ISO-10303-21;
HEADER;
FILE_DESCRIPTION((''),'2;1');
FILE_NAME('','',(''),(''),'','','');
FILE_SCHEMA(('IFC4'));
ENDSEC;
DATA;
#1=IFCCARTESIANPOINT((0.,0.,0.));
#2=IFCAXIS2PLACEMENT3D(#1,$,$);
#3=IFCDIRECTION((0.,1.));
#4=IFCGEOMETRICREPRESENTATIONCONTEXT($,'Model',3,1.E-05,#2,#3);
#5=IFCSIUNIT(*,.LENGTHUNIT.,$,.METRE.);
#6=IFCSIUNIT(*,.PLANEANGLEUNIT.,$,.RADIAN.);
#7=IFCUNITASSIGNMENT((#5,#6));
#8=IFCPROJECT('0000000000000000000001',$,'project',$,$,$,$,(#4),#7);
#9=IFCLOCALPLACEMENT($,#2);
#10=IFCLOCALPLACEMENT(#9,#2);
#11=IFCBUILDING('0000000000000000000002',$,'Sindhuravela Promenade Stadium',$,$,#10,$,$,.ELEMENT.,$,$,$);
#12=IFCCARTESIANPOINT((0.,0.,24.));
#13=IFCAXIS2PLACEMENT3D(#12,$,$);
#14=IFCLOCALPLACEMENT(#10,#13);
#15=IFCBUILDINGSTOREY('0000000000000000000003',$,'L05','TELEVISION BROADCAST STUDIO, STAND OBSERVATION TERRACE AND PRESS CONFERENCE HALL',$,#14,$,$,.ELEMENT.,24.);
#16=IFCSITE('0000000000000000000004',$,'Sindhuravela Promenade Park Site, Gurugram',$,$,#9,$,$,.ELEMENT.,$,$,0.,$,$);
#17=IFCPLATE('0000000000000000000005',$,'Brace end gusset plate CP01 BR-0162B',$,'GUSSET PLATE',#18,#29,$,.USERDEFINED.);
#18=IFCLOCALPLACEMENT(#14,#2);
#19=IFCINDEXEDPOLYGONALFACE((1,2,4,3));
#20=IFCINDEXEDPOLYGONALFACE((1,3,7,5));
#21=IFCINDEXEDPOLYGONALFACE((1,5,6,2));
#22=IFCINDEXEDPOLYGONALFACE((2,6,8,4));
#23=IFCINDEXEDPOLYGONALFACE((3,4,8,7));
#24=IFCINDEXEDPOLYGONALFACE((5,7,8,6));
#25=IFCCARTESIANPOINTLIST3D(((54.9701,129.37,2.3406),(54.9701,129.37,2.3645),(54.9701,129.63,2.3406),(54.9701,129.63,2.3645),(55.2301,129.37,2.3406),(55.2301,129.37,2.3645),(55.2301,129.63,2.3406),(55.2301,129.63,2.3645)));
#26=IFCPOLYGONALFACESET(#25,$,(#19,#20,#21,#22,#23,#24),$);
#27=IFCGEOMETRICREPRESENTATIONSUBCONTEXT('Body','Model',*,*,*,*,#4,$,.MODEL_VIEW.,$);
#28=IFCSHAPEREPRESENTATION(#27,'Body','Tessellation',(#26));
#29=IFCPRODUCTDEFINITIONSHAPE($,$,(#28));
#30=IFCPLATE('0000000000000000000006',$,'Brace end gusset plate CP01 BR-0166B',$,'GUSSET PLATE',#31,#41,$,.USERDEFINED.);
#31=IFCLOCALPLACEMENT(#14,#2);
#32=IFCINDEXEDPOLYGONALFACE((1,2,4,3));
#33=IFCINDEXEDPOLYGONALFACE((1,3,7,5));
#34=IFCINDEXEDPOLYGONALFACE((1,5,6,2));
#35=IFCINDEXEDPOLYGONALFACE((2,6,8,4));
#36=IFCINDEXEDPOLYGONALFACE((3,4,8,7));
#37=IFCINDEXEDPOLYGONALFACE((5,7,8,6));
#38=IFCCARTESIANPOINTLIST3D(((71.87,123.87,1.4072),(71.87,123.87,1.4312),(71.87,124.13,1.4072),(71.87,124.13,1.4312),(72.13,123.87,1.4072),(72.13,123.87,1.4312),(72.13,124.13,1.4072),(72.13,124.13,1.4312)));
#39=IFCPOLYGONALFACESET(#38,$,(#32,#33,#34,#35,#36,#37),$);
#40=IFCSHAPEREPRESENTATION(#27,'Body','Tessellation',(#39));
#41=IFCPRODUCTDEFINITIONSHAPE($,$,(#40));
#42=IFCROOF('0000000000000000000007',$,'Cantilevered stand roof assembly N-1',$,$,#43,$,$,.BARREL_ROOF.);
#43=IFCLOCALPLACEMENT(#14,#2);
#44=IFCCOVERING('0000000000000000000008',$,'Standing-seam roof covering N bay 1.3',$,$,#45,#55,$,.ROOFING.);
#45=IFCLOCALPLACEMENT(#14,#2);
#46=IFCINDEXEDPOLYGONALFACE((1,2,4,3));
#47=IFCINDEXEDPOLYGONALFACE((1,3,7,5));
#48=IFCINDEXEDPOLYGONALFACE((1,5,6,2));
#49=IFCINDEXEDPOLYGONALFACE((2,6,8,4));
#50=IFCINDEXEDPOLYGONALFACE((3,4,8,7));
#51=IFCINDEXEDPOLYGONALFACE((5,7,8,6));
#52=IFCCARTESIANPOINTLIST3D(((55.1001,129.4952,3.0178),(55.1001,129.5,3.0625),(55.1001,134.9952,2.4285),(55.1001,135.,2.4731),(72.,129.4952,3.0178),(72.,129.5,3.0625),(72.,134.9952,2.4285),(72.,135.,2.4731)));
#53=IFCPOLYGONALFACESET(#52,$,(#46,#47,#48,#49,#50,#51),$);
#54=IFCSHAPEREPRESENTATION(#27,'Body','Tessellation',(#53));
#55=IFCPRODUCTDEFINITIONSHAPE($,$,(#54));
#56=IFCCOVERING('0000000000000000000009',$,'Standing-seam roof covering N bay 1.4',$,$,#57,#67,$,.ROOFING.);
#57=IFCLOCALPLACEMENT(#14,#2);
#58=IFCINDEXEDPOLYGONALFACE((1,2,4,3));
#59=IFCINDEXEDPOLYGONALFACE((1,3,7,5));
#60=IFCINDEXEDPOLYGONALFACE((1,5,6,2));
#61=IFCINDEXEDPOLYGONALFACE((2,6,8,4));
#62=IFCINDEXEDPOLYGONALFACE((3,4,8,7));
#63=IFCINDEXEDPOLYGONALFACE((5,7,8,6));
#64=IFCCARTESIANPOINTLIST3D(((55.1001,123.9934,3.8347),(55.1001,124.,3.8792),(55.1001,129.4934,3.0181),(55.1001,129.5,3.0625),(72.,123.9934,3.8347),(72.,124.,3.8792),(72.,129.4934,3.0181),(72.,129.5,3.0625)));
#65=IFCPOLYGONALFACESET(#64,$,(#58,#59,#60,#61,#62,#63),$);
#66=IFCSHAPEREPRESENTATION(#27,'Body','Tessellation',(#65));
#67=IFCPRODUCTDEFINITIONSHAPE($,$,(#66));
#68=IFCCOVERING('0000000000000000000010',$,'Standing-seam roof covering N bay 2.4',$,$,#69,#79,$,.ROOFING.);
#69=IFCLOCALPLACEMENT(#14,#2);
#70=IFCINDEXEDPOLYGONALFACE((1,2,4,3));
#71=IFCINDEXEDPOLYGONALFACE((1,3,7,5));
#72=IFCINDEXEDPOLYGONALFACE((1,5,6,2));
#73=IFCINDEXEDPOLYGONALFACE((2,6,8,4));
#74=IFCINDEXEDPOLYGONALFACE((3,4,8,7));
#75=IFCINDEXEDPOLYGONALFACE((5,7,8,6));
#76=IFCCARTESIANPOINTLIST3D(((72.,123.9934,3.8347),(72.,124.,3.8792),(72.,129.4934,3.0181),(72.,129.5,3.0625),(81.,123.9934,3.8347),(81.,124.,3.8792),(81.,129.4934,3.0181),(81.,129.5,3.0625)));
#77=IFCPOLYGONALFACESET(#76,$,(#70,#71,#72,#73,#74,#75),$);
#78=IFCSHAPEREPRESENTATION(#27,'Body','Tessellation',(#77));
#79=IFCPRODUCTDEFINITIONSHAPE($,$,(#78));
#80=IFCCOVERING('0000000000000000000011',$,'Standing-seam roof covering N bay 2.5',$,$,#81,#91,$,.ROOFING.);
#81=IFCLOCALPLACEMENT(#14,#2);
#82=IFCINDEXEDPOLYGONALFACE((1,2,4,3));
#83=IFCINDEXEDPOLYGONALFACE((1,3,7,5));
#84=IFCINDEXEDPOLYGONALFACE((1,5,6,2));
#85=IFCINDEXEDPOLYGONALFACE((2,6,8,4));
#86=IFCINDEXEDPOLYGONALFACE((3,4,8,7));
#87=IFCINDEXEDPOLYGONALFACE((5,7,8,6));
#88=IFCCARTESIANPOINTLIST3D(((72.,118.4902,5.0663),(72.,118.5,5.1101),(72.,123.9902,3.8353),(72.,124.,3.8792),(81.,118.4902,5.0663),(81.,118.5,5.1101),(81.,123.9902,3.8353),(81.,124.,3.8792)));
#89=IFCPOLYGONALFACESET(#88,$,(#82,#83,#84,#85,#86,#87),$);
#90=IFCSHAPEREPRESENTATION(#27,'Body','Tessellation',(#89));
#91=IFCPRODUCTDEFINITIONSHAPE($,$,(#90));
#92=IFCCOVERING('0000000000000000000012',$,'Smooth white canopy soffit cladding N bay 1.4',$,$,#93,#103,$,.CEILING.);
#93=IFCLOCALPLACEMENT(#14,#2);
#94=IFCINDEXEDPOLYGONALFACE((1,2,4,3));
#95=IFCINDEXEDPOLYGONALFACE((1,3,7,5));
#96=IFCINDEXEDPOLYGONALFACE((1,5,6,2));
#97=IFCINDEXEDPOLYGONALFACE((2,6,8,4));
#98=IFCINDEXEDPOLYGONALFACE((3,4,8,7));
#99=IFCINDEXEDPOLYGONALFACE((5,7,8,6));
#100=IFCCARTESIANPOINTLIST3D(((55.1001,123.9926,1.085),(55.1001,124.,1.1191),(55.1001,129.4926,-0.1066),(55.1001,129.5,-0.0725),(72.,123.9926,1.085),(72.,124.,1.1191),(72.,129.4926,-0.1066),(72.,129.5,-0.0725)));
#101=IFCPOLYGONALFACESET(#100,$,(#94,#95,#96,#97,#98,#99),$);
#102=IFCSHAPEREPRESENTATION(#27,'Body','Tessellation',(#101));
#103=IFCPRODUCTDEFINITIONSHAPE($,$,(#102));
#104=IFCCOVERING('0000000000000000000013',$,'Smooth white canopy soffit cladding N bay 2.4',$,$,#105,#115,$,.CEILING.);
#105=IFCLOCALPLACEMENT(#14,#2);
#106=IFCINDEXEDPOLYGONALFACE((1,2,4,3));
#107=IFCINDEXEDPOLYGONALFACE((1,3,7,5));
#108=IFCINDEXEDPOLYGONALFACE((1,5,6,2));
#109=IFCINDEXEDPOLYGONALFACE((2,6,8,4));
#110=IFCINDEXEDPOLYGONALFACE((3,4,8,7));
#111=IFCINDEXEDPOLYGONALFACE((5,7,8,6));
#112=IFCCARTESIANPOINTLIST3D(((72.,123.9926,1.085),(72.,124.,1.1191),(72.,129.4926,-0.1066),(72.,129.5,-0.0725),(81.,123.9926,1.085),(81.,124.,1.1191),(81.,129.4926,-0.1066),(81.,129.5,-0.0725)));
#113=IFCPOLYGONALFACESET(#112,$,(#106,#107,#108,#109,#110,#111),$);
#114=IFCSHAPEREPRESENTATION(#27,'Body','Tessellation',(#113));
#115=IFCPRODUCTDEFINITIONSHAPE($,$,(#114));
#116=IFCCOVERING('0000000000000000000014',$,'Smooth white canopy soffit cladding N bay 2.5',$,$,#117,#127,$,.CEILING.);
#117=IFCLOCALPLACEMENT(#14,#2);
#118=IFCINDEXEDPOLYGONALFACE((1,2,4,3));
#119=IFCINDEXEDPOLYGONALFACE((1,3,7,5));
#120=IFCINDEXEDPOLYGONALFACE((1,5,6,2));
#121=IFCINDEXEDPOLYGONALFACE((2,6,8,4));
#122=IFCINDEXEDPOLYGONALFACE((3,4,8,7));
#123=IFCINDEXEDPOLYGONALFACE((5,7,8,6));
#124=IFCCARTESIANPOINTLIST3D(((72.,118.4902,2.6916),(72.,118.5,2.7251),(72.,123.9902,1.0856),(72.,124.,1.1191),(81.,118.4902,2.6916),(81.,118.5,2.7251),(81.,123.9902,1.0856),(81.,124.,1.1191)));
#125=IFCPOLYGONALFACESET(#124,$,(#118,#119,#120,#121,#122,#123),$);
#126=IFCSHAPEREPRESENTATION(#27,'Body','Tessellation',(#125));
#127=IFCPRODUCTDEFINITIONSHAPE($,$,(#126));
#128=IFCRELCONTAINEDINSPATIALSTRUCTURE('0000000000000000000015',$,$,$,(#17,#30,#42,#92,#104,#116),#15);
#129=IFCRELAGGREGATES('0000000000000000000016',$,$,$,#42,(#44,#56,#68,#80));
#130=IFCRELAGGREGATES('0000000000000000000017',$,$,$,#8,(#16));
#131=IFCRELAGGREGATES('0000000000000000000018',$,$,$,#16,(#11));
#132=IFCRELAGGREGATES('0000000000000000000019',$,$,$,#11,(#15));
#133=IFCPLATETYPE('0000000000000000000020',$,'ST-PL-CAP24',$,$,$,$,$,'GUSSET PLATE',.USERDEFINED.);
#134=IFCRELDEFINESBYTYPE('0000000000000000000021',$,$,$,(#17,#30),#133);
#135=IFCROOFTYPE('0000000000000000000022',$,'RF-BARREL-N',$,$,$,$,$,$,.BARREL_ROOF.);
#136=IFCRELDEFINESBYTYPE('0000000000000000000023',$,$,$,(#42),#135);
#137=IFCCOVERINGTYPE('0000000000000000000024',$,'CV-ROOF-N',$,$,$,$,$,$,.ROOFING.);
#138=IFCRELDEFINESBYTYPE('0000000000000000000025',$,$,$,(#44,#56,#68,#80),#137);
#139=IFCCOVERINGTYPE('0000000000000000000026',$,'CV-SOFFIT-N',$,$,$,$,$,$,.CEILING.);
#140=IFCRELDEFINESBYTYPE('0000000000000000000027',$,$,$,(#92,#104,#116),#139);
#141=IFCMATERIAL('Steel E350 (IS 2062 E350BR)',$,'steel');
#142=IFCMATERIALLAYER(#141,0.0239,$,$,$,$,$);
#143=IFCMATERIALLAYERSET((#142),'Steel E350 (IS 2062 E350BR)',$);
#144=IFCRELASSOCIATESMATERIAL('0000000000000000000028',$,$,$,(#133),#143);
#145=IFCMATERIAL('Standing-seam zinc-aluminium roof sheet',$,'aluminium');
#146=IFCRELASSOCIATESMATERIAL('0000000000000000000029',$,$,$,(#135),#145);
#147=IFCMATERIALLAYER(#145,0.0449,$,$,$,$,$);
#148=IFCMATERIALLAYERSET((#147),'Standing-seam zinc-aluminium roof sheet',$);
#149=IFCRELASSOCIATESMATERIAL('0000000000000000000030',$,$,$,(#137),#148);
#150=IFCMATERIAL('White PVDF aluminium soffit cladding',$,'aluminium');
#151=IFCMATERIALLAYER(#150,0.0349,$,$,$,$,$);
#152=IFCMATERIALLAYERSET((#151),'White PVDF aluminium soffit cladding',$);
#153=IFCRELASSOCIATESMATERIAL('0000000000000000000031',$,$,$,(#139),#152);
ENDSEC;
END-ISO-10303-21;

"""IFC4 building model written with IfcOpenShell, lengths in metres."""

from ifc_helpers import new_model, si_unit, direction, frame, origin, origin_2d, place, context, subcontext, project, spatial, polyline, rectangle, outline, extrude, material, layer, layer_set, type_object, element, aggregate, save


model = new_model("IFC4")

# Units and contexts
model_context = context("Model", 3, precision=1e-05, world=origin(), true_north=direction((0.0, 1.0)))
body_context = subcontext(model_context, "Body", "Model", "MODEL_VIEW")
ifc_project = project(units=[si_unit("LENGTHUNIT", "METRE"), si_unit("PLANEANGLEUNIT", "RADIAN")], contexts=[model_context])

# Site, building, storey
site_placement = place(None, origin())
site = spatial("IfcSite", under=ifc_project, at=site_placement, Name="Sindhuravela Promenade Park Site, Gurugram", CompositionType="ELEMENT", RefElevation=0.0)
building_placement = place(site_placement, origin())
building = spatial("IfcBuilding", under=site, at=building_placement, Name="Sindhuravela Promenade Stadium", CompositionType="ELEMENT")
storey_placement = place(building_placement, frame((0.0, 0.0, 24.0)))
storey = spatial("IfcBuildingStorey", under=building, at=storey_placement, Name="L05", Description="TELEVISION BROADCAST STUDIO, STAND OBSERVATION TERRACE AND PRESS CONFERENCE HALL", CompositionType="ELEMENT", Elevation=24.0)

# Shared definitions
ifc_material_1 = material(Name="Steel E350 (IS 2062 E350BR)", Category="steel")

# Plates
ifc_layer_1 = layer(ifc_material_1, 0.0239)
ifc_layer_set_1 = layer_set([ifc_layer_1], Name="Steel E350 (IS 2062 E350BR)")
plate_type = type_object("IfcPlateType", Name="ST-PL-CAP24", ElementType="GUSSET PLATE", PredefinedType="USERDEFINED", material=ifc_layer_set_1)
for number, where, z_axis, x_axis, name in (
    (1, (55.1001, 129.5, 2.3406), (0.0, 0.0, 1.0), (1.0, 0.0, 0.0), "Brace end gusset plate CP01 BR-0162B"),
    (2, (72.0, 124.0, 1.4072), (0.0, 0.0, 1.0), (1.0, 0.0, 0.0), "Brace end gusset plate CP01 BR-0166B"),
):
    element("IfcPlate", number, at=place(storey_placement, frame(where, z_axis=z_axis, x_axis=x_axis)), inside=storey, type_object=plate_type, Name=name, ObjectType="GUSSET PLATE", PredefinedType="USERDEFINED", context=body_context, shape_type="SweptSolid", body=[
        extrude(rectangle(XDim=0.26, YDim=0.26, at=origin_2d()), origin(), (0.0, 0.0, 1.0), 0.0239),
    ])

# Roof, coverings
ifc_material_2 = material(Name="Standing-seam zinc-aluminium roof sheet", Category="aluminium")
roof_type = type_object("IfcRoofType", Name="RF-BARREL-N", PredefinedType="BARREL_ROOF", material=ifc_material_2)
roof_placement = place(storey_placement, origin())
roof = element("IfcRoof", 3, at=roof_placement, inside=storey, type_object=roof_type, Name="Cantilevered stand roof assembly N-1", PredefinedType="BARREL_ROOF")
ifc_layer_2 = layer(ifc_material_2, 0.0449)
ifc_layer_set_2 = layer_set([ifc_layer_2], Name="Standing-seam zinc-aluminium roof sheet")
covering_type_1 = type_object("IfcCoveringType", Name="CV-ROOF-N", PredefinedType="ROOFING", material=ifc_layer_set_2)
covering_1_placement = place(storey_placement, frame((55.1001, 135.0, 2.4731), z_axis=(0.0, 0.106546, 0.994308), x_axis=(1.0, 0.0, 0.0)))
covering_1 = element("IfcCovering", 4, at=covering_1_placement, type_object=covering_type_1, Name="Standing-seam roof covering N bay 1.3", PredefinedType="ROOFING", context=body_context, shape_type="SweptSolid", body=[
    extrude(outline(polyline([(0.0, 0.0), (0.0, -5.5315), (16.8999, -5.5315), (16.8999, 0.0), (0.0, 0.0)])), origin(), (0.0, 0.0, -1.0), 0.0449),
])
covering_2_placement = place(storey_placement, frame((55.1001, 129.5, 3.0625), z_axis=(0.0, 0.146872, 0.989156), x_axis=(1.0, 0.0, 0.0)))
covering_2 = element("IfcCovering", 5, at=covering_2_placement, type_object=covering_type_1, Name="Standing-seam roof covering N bay 1.4", PredefinedType="ROOFING", context=body_context, shape_type="SweptSolid", body=[
    extrude(outline(polyline([(0.0, 0.0), (0.0, -5.5603), (16.8999, -5.5603), (16.8999, 0.0), (0.0, 0.0)])), origin(), (0.0, 0.0, -1.0), 0.0449),
])
covering_3_placement = place(storey_placement, frame((72.0, 129.5, 3.0625), z_axis=(0.0, 0.146872, 0.989156), x_axis=(1.0, 0.0, 0.0)))
covering_3 = element("IfcCovering", 6, at=covering_3_placement, type_object=covering_type_1, Name="Standing-seam roof covering N bay 2.4", PredefinedType="ROOFING", context=body_context, shape_type="SweptSolid", body=[
    extrude(outline(polyline([(0.0, 0.0), (0.0, -5.5603), (9.0, -5.5603), (9.0, 0.0), (0.0, 0.0)])), origin(), (0.0, 0.0, -1.0), 0.0449),
])
covering_4_placement = place(storey_placement, frame((72.0, 124.0, 3.8792), z_axis=(0.0, 0.218407, 0.975858), x_axis=(1.0, 0.0, 0.0)))
covering_4 = element("IfcCovering", 7, at=covering_4_placement, type_object=covering_type_1, Name="Standing-seam roof covering N bay 2.5", PredefinedType="ROOFING", context=body_context, shape_type="SweptSolid", body=[
    extrude(outline(polyline([(0.0, 0.0), (0.0, -5.6361), (9.0, -5.6361), (9.0, 0.0), (0.0, 0.0)])), origin(), (0.0, 0.0, -1.0), 0.0449),
])
aggregate(roof, [covering_1, covering_2, covering_3, covering_4])

# Coverings
ifc_material_3 = material(Name="White PVDF aluminium soffit cladding", Category="aluminium")
ifc_layer_3 = layer(ifc_material_3, 0.0349)
ifc_layer_set_3 = layer_set([ifc_layer_3], Name="White PVDF aluminium soffit cladding")
covering_type_2 = type_object("IfcCoveringType", Name="CV-SOFFIT-N", PredefinedType="CEILING", material=ifc_layer_set_3)
covering_5_placement = place(storey_placement, frame((55.1001, 129.5, -0.0725), z_axis=(0.0, 0.211751, 0.977324), x_axis=(1.0, 0.0, 0.0)))
element("IfcCovering", 8, at=covering_5_placement, inside=storey, type_object=covering_type_2, Name="Smooth white canopy soffit cladding N bay 1.4", PredefinedType="CEILING", context=body_context, shape_type="SweptSolid", body=[
    extrude(outline(polyline([(0.0, 0.0), (0.0, -5.6276), (16.8999, -5.6276), (16.8999, 0.0), (0.0, 0.0)])), origin(), (0.0, 0.0, -1.0), 0.0349),
])
covering_6_placement = place(storey_placement, frame((72.0, 129.5, -0.0725), z_axis=(0.0, 0.211751, 0.977324), x_axis=(1.0, 0.0, 0.0)))
element("IfcCovering", 9, at=covering_6_placement, inside=storey, type_object=covering_type_2, Name="Smooth white canopy soffit cladding N bay 2.4", PredefinedType="CEILING", context=body_context, shape_type="SweptSolid", body=[
    extrude(outline(polyline([(0.0, 0.0), (0.0, -5.6276), (9.0, -5.6276), (9.0, 0.0), (0.0, 0.0)])), origin(), (0.0, 0.0, -1.0), 0.0349),
])
covering_7_placement = place(storey_placement, frame((72.0, 124.0, 1.1191), z_axis=(0.0, 0.280288, 0.959916), x_axis=(1.0, 0.0, 0.0)))
element("IfcCovering", 10, at=covering_7_placement, inside=storey, type_object=covering_type_2, Name="Smooth white canopy soffit cladding N bay 2.5", PredefinedType="CEILING", context=body_context, shape_type="SweptSolid", body=[
    extrude(outline(polyline([(0.0, 0.0), (0.0, -5.7297), (9.0, -5.7297), (9.0, 0.0), (0.0, 0.0)])), origin(), (0.0, 0.0, -1.0), 0.0349),
])

save(model, "model.ifc")
